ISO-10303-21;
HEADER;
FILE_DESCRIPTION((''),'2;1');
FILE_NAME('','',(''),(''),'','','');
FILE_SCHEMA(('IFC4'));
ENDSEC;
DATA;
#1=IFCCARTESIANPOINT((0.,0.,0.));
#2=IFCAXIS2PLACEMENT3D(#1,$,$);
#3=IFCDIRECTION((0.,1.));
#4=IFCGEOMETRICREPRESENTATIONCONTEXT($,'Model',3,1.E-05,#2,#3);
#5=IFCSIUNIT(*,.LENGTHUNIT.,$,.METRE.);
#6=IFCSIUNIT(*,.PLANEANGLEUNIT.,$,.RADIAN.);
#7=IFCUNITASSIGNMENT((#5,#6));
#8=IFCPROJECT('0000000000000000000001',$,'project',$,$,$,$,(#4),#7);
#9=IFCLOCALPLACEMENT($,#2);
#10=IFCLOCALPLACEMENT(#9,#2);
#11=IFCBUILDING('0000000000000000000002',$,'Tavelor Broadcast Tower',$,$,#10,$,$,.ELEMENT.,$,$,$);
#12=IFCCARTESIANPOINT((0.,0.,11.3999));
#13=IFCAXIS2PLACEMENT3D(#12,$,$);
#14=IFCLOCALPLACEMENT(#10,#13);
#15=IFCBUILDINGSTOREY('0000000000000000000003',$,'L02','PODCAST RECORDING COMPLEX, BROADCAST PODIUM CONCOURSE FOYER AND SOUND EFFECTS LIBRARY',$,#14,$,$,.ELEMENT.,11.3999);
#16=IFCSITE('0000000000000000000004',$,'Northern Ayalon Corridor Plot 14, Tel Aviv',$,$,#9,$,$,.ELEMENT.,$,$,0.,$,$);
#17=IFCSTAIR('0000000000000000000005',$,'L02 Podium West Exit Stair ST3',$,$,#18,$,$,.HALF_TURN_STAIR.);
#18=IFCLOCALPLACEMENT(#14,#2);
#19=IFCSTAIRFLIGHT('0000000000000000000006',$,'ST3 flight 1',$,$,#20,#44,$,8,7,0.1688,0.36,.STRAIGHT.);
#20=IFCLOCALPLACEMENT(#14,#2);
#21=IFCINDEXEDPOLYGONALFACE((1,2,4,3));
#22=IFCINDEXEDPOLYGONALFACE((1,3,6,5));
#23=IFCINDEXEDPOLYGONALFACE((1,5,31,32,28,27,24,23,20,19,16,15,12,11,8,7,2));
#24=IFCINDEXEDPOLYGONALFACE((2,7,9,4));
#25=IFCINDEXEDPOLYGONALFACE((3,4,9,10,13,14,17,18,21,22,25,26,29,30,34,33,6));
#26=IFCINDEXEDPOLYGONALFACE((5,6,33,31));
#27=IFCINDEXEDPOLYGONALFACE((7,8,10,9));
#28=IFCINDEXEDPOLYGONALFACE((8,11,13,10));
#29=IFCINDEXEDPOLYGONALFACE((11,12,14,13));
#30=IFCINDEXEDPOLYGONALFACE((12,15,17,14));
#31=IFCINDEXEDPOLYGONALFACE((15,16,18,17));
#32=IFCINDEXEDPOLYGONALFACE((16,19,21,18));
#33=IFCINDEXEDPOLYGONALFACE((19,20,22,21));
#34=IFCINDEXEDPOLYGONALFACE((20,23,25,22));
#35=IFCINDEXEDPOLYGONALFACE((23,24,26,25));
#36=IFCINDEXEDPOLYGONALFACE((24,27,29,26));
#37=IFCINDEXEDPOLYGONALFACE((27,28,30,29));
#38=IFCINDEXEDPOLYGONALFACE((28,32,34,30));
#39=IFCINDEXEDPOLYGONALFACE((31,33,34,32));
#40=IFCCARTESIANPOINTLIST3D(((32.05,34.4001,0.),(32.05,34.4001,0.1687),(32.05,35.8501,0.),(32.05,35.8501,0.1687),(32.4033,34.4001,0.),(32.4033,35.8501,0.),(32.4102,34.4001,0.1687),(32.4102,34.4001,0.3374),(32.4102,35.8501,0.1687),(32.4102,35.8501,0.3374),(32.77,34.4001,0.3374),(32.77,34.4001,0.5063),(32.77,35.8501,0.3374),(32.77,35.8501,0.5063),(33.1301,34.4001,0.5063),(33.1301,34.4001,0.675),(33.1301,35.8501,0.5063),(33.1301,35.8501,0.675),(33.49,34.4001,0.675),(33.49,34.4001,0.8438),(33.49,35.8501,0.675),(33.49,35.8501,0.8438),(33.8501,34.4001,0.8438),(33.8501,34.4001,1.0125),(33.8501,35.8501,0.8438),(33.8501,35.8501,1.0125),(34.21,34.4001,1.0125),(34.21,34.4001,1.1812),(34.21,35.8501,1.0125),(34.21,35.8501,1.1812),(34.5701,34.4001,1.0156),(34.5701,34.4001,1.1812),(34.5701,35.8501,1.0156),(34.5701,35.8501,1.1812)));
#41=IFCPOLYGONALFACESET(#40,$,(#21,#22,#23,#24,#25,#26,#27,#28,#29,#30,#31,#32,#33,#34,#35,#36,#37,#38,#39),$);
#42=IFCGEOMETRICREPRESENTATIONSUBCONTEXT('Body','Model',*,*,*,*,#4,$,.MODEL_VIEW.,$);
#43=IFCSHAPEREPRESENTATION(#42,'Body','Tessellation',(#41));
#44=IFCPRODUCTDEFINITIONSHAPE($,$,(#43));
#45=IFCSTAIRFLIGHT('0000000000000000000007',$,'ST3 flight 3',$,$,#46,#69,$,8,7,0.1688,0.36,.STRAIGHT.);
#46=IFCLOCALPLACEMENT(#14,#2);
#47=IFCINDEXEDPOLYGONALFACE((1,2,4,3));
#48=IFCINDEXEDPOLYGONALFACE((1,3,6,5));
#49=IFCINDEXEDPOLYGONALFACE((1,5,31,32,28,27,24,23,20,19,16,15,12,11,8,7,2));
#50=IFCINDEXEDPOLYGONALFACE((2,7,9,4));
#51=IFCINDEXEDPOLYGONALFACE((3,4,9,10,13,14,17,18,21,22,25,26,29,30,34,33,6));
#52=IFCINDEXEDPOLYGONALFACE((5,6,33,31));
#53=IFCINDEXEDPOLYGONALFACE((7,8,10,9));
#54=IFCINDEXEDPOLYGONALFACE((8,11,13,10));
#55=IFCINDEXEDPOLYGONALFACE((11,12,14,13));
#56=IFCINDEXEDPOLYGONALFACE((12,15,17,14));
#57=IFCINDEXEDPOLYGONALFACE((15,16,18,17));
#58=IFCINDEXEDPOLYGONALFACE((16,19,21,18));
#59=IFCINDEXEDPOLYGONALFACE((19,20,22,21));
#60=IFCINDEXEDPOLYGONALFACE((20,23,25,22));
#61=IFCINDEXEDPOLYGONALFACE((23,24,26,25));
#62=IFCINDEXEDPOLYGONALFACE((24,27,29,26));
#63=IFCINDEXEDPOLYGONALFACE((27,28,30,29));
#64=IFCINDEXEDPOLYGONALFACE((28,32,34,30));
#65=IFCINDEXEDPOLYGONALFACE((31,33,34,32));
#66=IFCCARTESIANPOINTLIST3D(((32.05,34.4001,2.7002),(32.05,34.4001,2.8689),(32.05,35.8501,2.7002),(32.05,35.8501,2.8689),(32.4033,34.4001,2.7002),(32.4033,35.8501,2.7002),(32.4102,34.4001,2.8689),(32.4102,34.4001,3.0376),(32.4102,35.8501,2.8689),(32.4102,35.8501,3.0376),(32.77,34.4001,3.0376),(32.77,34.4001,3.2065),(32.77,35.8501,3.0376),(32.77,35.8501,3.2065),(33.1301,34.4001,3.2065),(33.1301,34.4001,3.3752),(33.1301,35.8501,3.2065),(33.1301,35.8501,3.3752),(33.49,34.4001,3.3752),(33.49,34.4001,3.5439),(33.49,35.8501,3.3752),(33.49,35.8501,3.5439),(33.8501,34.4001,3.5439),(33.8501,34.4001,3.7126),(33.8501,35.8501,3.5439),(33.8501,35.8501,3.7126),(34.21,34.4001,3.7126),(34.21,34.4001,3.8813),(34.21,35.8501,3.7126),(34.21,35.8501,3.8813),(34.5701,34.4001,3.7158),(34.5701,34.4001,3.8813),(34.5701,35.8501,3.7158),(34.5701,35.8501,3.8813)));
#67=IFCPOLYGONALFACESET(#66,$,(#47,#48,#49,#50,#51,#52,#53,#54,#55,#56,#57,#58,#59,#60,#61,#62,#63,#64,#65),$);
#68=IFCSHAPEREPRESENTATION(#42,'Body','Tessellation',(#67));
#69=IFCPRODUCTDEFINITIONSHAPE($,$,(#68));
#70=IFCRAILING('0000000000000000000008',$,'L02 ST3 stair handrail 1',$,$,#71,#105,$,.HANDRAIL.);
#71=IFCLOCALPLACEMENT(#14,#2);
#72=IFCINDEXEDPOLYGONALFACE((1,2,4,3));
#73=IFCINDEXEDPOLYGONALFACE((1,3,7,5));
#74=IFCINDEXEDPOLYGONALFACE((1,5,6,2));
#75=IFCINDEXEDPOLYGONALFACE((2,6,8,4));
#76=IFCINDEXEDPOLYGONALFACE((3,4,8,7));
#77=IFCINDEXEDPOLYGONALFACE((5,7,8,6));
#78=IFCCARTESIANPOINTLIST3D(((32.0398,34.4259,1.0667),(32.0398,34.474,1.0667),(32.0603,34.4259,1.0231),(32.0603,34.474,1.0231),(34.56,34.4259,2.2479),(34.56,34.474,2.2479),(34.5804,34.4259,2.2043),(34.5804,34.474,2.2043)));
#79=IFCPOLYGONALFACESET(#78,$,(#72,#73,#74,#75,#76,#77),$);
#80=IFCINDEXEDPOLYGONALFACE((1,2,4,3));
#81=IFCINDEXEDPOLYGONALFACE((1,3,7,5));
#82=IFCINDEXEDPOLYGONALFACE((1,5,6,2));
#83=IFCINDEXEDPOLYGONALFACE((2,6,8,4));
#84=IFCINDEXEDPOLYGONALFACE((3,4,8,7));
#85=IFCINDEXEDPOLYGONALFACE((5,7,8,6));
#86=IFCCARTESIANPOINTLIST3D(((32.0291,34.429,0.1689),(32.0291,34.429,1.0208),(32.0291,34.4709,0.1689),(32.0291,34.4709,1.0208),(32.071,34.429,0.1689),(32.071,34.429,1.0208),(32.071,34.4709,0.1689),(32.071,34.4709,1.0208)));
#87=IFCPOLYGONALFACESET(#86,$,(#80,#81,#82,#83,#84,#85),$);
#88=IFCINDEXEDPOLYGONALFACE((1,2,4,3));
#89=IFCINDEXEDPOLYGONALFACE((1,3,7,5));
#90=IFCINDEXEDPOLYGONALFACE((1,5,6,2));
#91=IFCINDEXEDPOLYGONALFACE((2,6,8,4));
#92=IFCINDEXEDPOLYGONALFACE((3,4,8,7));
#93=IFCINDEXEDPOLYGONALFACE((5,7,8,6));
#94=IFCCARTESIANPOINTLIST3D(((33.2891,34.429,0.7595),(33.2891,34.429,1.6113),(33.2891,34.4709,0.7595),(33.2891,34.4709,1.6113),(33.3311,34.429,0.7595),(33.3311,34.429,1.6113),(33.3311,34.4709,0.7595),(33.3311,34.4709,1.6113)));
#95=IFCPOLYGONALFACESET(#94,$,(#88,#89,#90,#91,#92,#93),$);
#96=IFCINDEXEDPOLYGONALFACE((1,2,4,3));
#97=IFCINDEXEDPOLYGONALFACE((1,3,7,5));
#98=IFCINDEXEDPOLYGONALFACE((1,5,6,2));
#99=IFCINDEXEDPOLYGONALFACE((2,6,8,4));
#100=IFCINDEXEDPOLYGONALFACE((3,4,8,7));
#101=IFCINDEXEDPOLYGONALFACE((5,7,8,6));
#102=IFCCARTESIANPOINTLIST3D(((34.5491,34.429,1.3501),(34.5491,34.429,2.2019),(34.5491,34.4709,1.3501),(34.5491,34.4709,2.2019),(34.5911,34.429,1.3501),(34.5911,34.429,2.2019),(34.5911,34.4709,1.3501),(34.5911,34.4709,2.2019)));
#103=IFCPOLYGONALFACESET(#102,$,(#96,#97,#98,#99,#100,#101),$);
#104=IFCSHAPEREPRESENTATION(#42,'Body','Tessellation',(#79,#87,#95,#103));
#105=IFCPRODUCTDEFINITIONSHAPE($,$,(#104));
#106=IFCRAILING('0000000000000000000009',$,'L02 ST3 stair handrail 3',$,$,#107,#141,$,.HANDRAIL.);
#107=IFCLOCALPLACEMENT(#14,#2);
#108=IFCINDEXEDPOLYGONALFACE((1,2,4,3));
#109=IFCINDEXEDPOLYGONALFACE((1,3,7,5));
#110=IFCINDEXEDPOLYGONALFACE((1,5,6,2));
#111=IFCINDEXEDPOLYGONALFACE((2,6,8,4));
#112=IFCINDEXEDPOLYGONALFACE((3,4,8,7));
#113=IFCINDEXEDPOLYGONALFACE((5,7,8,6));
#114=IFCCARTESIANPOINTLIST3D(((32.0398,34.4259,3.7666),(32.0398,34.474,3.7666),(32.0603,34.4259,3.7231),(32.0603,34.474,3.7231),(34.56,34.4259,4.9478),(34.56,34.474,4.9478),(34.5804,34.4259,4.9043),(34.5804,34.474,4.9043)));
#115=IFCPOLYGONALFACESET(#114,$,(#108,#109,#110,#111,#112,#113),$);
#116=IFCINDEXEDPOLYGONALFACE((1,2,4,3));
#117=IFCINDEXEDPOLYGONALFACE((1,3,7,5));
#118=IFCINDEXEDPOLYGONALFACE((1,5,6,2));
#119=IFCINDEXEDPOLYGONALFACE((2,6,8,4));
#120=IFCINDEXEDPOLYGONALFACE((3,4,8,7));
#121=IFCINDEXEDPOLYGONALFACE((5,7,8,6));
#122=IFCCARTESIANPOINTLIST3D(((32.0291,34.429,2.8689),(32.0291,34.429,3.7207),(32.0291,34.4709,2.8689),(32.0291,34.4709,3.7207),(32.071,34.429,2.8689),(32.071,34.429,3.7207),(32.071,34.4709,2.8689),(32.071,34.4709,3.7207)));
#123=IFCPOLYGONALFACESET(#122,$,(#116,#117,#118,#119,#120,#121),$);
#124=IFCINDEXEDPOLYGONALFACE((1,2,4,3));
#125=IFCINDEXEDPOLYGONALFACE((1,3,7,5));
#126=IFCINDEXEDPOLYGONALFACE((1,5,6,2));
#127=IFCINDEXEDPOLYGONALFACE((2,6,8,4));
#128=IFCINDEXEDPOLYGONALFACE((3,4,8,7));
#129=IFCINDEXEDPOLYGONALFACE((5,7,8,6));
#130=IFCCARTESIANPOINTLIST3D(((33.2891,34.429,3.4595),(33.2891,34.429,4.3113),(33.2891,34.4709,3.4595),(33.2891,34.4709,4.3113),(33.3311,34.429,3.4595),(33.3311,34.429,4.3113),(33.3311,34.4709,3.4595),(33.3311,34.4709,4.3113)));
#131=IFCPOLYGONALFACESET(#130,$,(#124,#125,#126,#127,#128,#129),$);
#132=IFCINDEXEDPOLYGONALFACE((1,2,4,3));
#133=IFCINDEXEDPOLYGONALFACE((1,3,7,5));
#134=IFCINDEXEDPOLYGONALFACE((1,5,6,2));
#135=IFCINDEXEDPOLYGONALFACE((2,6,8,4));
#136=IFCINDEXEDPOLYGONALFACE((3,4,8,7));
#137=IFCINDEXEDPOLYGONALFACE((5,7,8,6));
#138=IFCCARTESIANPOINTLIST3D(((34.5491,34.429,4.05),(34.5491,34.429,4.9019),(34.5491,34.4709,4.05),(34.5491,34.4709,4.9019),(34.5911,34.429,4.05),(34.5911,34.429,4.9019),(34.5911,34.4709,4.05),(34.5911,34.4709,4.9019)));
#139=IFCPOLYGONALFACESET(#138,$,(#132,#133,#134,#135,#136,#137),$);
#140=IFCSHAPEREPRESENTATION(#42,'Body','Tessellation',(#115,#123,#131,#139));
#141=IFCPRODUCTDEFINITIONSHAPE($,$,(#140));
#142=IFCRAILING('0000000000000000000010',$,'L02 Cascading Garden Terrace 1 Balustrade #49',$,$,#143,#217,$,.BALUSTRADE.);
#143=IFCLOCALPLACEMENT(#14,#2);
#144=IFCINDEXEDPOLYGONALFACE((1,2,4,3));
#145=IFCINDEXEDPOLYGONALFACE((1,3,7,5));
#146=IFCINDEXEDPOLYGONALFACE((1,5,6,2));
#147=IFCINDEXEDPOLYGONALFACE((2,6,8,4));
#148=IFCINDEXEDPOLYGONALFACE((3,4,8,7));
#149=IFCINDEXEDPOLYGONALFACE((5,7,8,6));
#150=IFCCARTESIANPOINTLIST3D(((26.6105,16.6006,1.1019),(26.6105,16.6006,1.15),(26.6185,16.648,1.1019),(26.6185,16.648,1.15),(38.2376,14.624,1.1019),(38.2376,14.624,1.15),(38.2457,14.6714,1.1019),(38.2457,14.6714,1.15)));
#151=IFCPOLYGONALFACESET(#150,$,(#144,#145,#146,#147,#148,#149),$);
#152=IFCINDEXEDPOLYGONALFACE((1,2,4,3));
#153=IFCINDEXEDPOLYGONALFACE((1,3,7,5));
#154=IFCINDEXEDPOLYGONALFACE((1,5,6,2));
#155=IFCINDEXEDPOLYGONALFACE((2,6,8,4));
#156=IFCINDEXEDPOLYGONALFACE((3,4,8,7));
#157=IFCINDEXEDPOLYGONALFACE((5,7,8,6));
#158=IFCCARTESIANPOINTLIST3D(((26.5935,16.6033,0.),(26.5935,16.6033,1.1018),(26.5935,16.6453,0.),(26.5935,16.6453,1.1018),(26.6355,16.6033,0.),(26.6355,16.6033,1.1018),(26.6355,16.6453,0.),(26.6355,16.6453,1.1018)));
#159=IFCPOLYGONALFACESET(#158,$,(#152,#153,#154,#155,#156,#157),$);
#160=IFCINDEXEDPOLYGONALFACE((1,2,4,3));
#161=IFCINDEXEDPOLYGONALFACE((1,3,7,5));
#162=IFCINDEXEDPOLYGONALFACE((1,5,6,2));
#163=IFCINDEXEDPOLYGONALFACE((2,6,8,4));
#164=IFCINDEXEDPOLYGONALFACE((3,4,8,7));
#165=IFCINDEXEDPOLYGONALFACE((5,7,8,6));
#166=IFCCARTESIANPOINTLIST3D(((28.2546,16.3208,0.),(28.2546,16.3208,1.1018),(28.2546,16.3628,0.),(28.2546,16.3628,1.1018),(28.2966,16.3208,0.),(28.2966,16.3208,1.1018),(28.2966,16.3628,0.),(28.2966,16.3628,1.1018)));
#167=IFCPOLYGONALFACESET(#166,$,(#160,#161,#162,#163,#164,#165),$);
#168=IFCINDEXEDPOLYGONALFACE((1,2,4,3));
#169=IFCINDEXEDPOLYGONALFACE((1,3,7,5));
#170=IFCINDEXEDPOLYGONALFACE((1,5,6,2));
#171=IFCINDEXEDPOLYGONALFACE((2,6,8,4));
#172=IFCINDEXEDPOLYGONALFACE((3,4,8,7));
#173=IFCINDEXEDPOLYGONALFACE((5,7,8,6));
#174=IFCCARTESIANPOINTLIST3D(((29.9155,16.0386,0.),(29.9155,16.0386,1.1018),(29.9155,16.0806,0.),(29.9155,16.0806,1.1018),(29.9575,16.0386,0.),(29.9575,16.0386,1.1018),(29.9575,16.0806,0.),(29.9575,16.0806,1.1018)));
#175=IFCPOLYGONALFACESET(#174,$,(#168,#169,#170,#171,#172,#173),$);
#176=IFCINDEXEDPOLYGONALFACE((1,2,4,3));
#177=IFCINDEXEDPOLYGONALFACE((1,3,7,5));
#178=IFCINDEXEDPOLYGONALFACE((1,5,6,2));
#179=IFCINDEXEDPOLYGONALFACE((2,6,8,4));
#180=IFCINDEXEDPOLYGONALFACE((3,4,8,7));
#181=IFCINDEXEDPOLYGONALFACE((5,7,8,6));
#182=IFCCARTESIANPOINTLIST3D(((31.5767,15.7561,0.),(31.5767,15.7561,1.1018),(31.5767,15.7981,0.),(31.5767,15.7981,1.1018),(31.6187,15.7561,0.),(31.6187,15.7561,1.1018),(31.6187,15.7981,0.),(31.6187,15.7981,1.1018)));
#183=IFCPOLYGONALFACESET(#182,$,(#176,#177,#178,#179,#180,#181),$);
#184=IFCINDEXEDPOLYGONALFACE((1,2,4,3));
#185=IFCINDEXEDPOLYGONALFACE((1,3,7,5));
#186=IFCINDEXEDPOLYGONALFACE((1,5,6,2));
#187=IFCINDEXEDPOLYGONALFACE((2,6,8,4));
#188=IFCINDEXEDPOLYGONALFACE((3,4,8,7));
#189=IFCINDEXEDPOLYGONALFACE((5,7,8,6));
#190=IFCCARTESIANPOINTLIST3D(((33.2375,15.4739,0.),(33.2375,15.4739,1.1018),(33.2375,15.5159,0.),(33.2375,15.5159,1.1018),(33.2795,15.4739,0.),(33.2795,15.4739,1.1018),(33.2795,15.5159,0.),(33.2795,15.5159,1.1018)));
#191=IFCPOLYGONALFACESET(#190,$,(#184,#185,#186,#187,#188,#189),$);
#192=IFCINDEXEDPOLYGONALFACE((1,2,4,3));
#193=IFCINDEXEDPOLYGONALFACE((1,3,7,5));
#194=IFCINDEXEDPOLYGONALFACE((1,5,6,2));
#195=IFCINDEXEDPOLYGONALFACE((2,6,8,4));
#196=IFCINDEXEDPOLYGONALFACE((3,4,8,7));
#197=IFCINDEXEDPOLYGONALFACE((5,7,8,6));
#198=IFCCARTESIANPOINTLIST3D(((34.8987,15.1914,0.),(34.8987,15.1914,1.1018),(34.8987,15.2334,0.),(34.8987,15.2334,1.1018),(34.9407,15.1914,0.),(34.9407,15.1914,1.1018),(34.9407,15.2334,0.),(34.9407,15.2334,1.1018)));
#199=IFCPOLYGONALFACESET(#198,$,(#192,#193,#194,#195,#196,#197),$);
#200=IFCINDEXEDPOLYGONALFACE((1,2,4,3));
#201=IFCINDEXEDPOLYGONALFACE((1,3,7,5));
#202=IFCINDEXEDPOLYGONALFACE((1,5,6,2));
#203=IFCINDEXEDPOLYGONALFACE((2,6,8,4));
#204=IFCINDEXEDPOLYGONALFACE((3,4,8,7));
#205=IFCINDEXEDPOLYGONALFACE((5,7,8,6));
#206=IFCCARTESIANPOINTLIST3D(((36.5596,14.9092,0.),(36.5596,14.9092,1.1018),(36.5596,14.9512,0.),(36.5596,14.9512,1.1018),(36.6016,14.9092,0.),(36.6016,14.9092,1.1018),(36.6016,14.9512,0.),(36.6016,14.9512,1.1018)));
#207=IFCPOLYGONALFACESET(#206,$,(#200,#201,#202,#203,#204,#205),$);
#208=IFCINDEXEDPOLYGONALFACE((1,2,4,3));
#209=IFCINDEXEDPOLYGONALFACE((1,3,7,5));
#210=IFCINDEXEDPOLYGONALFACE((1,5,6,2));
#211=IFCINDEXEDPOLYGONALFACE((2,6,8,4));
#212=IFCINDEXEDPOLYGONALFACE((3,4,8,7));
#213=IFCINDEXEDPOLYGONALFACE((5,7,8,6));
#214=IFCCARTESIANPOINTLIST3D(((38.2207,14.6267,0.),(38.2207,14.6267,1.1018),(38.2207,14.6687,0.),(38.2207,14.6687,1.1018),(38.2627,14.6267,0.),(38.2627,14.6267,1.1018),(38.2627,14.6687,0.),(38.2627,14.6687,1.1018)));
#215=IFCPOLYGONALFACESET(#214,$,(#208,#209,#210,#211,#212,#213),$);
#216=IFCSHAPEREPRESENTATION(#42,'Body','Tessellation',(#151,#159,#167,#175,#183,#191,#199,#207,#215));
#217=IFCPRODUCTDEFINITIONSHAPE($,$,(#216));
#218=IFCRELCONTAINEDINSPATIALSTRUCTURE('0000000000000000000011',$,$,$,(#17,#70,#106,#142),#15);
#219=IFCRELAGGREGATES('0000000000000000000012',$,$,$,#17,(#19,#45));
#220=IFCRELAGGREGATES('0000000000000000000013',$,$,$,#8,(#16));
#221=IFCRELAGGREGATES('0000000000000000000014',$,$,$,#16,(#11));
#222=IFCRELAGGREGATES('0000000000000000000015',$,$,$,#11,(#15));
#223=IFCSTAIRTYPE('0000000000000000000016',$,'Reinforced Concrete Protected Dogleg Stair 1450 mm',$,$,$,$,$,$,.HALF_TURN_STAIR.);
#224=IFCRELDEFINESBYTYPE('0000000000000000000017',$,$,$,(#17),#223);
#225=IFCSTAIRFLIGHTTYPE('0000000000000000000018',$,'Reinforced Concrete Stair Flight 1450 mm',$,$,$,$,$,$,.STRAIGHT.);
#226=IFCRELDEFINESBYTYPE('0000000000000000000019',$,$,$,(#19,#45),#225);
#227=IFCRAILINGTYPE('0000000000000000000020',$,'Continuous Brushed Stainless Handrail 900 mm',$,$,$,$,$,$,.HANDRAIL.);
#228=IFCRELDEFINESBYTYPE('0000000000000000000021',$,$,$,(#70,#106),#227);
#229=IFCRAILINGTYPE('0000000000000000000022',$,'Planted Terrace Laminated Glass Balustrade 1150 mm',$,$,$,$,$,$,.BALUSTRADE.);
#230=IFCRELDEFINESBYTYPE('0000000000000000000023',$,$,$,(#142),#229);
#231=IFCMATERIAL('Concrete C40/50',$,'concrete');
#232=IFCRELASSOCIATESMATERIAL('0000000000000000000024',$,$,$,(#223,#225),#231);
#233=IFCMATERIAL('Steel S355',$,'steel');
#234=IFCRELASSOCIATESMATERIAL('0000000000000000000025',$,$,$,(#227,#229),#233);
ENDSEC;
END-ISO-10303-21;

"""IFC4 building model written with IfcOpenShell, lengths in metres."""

from ifc_helpers import new_model, si_unit, direction, frame, origin, origin_2d, place, context, subcontext, project, spatial, polyline, rectangle, outline, extrude, material, type_object, element, aggregate, save


model = new_model("IFC4")

# Units and contexts
model_context = context("Model", 3, precision=1e-05, world=origin(), true_north=direction((0.0, 1.0)))
body_context = subcontext(model_context, "Body", "Model", "MODEL_VIEW")
ifc_project = project(units=[si_unit("LENGTHUNIT", "METRE"), si_unit("PLANEANGLEUNIT", "RADIAN")], contexts=[model_context])

# Site, building, storey
site_placement = place(None, origin())
site = spatial("IfcSite", under=ifc_project, at=site_placement, Name="Northern Ayalon Corridor Plot 14, Tel Aviv", CompositionType="ELEMENT", RefElevation=0.0)
building_placement = place(site_placement, origin())
building = spatial("IfcBuilding", under=site, at=building_placement, Name="Tavelor Broadcast Tower", CompositionType="ELEMENT")
storey_placement = place(building_placement, frame((0.0, 0.0, 11.3999)))
storey = spatial("IfcBuildingStorey", under=building, at=storey_placement, Name="L02", Description="PODCAST RECORDING COMPLEX, BROADCAST PODIUM CONCOURSE FOYER AND SOUND EFFECTS LIBRARY", CompositionType="ELEMENT", Elevation=11.3999)

# Shared definitions
ifc_material_1 = material(Name="Steel S355", Category="steel")

# Shared definitions
ifc_material_2 = material(Name="Concrete C40/50", Category="concrete")

# Stair, stair flights
stair_type = type_object("IfcStairType", Name="Reinforced Concrete Protected Dogleg Stair 1450 mm", PredefinedType="HALF_TURN_STAIR", material=ifc_material_2)
stair_placement = place(storey_placement, origin())
stair = element("IfcStair", 1, at=stair_placement, inside=storey, type_object=stair_type, Name="L02 Podium West Exit Stair ST3", PredefinedType="HALF_TURN_STAIR")
stair_flight_type = type_object("IfcStairFlightType", Name="Reinforced Concrete Stair Flight 1450 mm", PredefinedType="STRAIGHT", material=ifc_material_2)
stair_flight_1_placement = place(storey_placement, frame((32.05, 35.125, 0.0), z_axis=(0.0, 0.0, 1.0), x_axis=(1.0, 0.0, 0.0)))
stair_flight_1 = element("IfcStairFlight", 2, at=stair_flight_1_placement, type_object=stair_flight_type, Name="ST3 flight 1", NumberOfRisers=8, NumberOfTreads=7, PredefinedType="STRAIGHT", RiserHeight=0.1688, TreadLength=0.36, context=body_context, shape_type="SweptSolid", body=[
    extrude(outline(polyline([(0.0, 0.0), (0.0, 0.1687), (0.3601, 0.1687), (0.3601, 0.3374), (0.72, 0.3374), (0.72, 0.5063), (1.0801, 0.5063), (1.0801, 0.675), (1.4399, 0.675), (1.4399, 0.8438), (1.8, 0.8438), (1.8, 1.0125), (2.1599, 1.0125), (2.1599, 1.1812), (2.52, 1.1812), (2.52, 1.3501), (2.52, 1.0156), (0.3533, 0.0), (0.0, 0.0)])), frame((0.0, 0.7251, 0.0), z_axis=(0.0, -1.0, 0.0), x_axis=(1.0, 0.0, 0.0)), (0.0, 0.0, 1.0), 1.45),
])
stair_flight_2_placement = place(storey_placement, frame((32.05, 35.125, 2.7002), z_axis=(0.0, 0.0, 1.0), x_axis=(1.0, 0.0, 0.0)))
stair_flight_2 = element("IfcStairFlight", 3, at=stair_flight_2_placement, type_object=stair_flight_type, Name="ST3 flight 3", NumberOfRisers=8, NumberOfTreads=7, PredefinedType="STRAIGHT", RiserHeight=0.1688, TreadLength=0.36, context=body_context, shape_type="SweptSolid", body=[
    extrude(outline(polyline([(0.0, 0.0), (0.0, 0.1687), (0.3601, 0.1687), (0.3601, 0.3374), (0.72, 0.3374), (0.72, 0.5063), (1.0801, 0.5063), (1.0801, 0.675), (1.4399, 0.675), (1.4399, 0.8438), (1.8, 0.8438), (1.8, 1.0125), (2.1599, 1.0125), (2.1599, 1.1812), (2.52, 1.1812), (2.52, 1.3501), (2.52, 1.0156), (0.3533, 0.0), (0.0, 0.0)])), frame((0.0, 0.7251, 0.0), z_axis=(0.0, -1.0, 0.0), x_axis=(1.0, 0.0, 0.0)), (0.0, 0.0, 1.0), 1.45),
])
aggregate(stair, [stair_flight_1, stair_flight_2])

# Railings
railing_type_1 = type_object("IfcRailingType", Name="Continuous Brushed Stainless Handrail 900 mm", PredefinedType="HANDRAIL", material=ifc_material_1)
for number, where, name in (
    (4, (32.05, 34.45, 0.1689), "L02 ST3 stair handrail 1"),
    (5, (32.05, 34.45, 2.8689), "L02 ST3 stair handrail 3"),
):
    element("IfcRailing", number, at=place(storey_placement, frame(where)), inside=storey, type_object=railing_type_1, Name=name, PredefinedType="HANDRAIL", context=body_context, shape_type="SweptSolid", body=[
        extrude(rectangle(XDim=0.0481, YDim=0.0481, at=origin_2d()), frame((0.0, 0.0, 0.876), z_axis=(0.905474, 0.0, 0.424402), x_axis=(0.0, 1.0, 0.0)), (0.0, 0.0, 1.0), 2.7832),
        extrude(rectangle(XDim=0.042, YDim=0.042, at=origin_2d()), origin(), (0.0, 0.0, 1.0), 0.8518),
        extrude(rectangle(XDim=0.042, YDim=0.042, at=origin_2d()), frame((1.26, 0.0, 0.5906)), (0.0, 0.0, 1.0), 0.8518),
        extrude(rectangle(XDim=0.042, YDim=0.042, at=origin_2d()), frame((2.52, 0.0, 1.1812)), (0.0, 0.0, 1.0), 0.8518),
    ])
railing_type_2 = type_object("IfcRailingType", Name="Planted Terrace Laminated Glass Balustrade 1150 mm", PredefinedType="BALUSTRADE", material=ifc_material_1)
railing_1_placement = place(storey_placement, frame((26.6145, 16.6243, 0.0)))
element("IfcRailing", 6, at=railing_1_placement, inside=storey, type_object=railing_type_2, Name="L02 Cascading Garden Terrace 1 Balustrade #49", PredefinedType="BALUSTRADE", context=body_context, shape_type="SweptSolid", body=[
    extrude(rectangle(XDim=0.0481, YDim=0.0481, at=origin_2d()), frame((0.0, 0.0, 1.126), z_axis=(0.985857, -0.16759, 0.0), x_axis=(0.16759, 0.985857, 0.0)), (0.0, 0.0, 1.0), 11.7939),
    extrude(rectangle(XDim=0.042, YDim=0.042, at=origin_2d()), origin(), (0.0, 0.0, 1.0), 1.1018),
    extrude(rectangle(XDim=0.042, YDim=0.042, at=origin_2d()), frame((1.6611, -0.2825, 0.0)), (0.0, 0.0, 1.0), 1.1018),
    extrude(rectangle(XDim=0.042, YDim=0.042, at=origin_2d()), frame((3.322, -0.5647, 0.0)), (0.0, 0.0, 1.0), 1.1018),
    extrude(rectangle(XDim=0.042, YDim=0.042, at=origin_2d()), frame((4.9832, -0.8472, 0.0)), (0.0, 0.0, 1.0), 1.1018),
    extrude(rectangle(XDim=0.042, YDim=0.042, at=origin_2d()), frame((6.644, -1.1294, 0.0)), (0.0, 0.0, 1.0), 1.1018),
    extrude(rectangle(XDim=0.042, YDim=0.042, at=origin_2d()), frame((8.3052, -1.4119, 0.0)), (0.0, 0.0, 1.0), 1.1018),
    extrude(rectangle(XDim=0.042, YDim=0.042, at=origin_2d()), frame((9.9661, -1.6941, 0.0)), (0.0, 0.0, 1.0), 1.1018),
    extrude(rectangle(XDim=0.042, YDim=0.042, at=origin_2d()), frame((11.6272, -1.9766, 0.0)), (0.0, 0.0, 1.0), 1.1018),
])

save(model, "model.ifc")
